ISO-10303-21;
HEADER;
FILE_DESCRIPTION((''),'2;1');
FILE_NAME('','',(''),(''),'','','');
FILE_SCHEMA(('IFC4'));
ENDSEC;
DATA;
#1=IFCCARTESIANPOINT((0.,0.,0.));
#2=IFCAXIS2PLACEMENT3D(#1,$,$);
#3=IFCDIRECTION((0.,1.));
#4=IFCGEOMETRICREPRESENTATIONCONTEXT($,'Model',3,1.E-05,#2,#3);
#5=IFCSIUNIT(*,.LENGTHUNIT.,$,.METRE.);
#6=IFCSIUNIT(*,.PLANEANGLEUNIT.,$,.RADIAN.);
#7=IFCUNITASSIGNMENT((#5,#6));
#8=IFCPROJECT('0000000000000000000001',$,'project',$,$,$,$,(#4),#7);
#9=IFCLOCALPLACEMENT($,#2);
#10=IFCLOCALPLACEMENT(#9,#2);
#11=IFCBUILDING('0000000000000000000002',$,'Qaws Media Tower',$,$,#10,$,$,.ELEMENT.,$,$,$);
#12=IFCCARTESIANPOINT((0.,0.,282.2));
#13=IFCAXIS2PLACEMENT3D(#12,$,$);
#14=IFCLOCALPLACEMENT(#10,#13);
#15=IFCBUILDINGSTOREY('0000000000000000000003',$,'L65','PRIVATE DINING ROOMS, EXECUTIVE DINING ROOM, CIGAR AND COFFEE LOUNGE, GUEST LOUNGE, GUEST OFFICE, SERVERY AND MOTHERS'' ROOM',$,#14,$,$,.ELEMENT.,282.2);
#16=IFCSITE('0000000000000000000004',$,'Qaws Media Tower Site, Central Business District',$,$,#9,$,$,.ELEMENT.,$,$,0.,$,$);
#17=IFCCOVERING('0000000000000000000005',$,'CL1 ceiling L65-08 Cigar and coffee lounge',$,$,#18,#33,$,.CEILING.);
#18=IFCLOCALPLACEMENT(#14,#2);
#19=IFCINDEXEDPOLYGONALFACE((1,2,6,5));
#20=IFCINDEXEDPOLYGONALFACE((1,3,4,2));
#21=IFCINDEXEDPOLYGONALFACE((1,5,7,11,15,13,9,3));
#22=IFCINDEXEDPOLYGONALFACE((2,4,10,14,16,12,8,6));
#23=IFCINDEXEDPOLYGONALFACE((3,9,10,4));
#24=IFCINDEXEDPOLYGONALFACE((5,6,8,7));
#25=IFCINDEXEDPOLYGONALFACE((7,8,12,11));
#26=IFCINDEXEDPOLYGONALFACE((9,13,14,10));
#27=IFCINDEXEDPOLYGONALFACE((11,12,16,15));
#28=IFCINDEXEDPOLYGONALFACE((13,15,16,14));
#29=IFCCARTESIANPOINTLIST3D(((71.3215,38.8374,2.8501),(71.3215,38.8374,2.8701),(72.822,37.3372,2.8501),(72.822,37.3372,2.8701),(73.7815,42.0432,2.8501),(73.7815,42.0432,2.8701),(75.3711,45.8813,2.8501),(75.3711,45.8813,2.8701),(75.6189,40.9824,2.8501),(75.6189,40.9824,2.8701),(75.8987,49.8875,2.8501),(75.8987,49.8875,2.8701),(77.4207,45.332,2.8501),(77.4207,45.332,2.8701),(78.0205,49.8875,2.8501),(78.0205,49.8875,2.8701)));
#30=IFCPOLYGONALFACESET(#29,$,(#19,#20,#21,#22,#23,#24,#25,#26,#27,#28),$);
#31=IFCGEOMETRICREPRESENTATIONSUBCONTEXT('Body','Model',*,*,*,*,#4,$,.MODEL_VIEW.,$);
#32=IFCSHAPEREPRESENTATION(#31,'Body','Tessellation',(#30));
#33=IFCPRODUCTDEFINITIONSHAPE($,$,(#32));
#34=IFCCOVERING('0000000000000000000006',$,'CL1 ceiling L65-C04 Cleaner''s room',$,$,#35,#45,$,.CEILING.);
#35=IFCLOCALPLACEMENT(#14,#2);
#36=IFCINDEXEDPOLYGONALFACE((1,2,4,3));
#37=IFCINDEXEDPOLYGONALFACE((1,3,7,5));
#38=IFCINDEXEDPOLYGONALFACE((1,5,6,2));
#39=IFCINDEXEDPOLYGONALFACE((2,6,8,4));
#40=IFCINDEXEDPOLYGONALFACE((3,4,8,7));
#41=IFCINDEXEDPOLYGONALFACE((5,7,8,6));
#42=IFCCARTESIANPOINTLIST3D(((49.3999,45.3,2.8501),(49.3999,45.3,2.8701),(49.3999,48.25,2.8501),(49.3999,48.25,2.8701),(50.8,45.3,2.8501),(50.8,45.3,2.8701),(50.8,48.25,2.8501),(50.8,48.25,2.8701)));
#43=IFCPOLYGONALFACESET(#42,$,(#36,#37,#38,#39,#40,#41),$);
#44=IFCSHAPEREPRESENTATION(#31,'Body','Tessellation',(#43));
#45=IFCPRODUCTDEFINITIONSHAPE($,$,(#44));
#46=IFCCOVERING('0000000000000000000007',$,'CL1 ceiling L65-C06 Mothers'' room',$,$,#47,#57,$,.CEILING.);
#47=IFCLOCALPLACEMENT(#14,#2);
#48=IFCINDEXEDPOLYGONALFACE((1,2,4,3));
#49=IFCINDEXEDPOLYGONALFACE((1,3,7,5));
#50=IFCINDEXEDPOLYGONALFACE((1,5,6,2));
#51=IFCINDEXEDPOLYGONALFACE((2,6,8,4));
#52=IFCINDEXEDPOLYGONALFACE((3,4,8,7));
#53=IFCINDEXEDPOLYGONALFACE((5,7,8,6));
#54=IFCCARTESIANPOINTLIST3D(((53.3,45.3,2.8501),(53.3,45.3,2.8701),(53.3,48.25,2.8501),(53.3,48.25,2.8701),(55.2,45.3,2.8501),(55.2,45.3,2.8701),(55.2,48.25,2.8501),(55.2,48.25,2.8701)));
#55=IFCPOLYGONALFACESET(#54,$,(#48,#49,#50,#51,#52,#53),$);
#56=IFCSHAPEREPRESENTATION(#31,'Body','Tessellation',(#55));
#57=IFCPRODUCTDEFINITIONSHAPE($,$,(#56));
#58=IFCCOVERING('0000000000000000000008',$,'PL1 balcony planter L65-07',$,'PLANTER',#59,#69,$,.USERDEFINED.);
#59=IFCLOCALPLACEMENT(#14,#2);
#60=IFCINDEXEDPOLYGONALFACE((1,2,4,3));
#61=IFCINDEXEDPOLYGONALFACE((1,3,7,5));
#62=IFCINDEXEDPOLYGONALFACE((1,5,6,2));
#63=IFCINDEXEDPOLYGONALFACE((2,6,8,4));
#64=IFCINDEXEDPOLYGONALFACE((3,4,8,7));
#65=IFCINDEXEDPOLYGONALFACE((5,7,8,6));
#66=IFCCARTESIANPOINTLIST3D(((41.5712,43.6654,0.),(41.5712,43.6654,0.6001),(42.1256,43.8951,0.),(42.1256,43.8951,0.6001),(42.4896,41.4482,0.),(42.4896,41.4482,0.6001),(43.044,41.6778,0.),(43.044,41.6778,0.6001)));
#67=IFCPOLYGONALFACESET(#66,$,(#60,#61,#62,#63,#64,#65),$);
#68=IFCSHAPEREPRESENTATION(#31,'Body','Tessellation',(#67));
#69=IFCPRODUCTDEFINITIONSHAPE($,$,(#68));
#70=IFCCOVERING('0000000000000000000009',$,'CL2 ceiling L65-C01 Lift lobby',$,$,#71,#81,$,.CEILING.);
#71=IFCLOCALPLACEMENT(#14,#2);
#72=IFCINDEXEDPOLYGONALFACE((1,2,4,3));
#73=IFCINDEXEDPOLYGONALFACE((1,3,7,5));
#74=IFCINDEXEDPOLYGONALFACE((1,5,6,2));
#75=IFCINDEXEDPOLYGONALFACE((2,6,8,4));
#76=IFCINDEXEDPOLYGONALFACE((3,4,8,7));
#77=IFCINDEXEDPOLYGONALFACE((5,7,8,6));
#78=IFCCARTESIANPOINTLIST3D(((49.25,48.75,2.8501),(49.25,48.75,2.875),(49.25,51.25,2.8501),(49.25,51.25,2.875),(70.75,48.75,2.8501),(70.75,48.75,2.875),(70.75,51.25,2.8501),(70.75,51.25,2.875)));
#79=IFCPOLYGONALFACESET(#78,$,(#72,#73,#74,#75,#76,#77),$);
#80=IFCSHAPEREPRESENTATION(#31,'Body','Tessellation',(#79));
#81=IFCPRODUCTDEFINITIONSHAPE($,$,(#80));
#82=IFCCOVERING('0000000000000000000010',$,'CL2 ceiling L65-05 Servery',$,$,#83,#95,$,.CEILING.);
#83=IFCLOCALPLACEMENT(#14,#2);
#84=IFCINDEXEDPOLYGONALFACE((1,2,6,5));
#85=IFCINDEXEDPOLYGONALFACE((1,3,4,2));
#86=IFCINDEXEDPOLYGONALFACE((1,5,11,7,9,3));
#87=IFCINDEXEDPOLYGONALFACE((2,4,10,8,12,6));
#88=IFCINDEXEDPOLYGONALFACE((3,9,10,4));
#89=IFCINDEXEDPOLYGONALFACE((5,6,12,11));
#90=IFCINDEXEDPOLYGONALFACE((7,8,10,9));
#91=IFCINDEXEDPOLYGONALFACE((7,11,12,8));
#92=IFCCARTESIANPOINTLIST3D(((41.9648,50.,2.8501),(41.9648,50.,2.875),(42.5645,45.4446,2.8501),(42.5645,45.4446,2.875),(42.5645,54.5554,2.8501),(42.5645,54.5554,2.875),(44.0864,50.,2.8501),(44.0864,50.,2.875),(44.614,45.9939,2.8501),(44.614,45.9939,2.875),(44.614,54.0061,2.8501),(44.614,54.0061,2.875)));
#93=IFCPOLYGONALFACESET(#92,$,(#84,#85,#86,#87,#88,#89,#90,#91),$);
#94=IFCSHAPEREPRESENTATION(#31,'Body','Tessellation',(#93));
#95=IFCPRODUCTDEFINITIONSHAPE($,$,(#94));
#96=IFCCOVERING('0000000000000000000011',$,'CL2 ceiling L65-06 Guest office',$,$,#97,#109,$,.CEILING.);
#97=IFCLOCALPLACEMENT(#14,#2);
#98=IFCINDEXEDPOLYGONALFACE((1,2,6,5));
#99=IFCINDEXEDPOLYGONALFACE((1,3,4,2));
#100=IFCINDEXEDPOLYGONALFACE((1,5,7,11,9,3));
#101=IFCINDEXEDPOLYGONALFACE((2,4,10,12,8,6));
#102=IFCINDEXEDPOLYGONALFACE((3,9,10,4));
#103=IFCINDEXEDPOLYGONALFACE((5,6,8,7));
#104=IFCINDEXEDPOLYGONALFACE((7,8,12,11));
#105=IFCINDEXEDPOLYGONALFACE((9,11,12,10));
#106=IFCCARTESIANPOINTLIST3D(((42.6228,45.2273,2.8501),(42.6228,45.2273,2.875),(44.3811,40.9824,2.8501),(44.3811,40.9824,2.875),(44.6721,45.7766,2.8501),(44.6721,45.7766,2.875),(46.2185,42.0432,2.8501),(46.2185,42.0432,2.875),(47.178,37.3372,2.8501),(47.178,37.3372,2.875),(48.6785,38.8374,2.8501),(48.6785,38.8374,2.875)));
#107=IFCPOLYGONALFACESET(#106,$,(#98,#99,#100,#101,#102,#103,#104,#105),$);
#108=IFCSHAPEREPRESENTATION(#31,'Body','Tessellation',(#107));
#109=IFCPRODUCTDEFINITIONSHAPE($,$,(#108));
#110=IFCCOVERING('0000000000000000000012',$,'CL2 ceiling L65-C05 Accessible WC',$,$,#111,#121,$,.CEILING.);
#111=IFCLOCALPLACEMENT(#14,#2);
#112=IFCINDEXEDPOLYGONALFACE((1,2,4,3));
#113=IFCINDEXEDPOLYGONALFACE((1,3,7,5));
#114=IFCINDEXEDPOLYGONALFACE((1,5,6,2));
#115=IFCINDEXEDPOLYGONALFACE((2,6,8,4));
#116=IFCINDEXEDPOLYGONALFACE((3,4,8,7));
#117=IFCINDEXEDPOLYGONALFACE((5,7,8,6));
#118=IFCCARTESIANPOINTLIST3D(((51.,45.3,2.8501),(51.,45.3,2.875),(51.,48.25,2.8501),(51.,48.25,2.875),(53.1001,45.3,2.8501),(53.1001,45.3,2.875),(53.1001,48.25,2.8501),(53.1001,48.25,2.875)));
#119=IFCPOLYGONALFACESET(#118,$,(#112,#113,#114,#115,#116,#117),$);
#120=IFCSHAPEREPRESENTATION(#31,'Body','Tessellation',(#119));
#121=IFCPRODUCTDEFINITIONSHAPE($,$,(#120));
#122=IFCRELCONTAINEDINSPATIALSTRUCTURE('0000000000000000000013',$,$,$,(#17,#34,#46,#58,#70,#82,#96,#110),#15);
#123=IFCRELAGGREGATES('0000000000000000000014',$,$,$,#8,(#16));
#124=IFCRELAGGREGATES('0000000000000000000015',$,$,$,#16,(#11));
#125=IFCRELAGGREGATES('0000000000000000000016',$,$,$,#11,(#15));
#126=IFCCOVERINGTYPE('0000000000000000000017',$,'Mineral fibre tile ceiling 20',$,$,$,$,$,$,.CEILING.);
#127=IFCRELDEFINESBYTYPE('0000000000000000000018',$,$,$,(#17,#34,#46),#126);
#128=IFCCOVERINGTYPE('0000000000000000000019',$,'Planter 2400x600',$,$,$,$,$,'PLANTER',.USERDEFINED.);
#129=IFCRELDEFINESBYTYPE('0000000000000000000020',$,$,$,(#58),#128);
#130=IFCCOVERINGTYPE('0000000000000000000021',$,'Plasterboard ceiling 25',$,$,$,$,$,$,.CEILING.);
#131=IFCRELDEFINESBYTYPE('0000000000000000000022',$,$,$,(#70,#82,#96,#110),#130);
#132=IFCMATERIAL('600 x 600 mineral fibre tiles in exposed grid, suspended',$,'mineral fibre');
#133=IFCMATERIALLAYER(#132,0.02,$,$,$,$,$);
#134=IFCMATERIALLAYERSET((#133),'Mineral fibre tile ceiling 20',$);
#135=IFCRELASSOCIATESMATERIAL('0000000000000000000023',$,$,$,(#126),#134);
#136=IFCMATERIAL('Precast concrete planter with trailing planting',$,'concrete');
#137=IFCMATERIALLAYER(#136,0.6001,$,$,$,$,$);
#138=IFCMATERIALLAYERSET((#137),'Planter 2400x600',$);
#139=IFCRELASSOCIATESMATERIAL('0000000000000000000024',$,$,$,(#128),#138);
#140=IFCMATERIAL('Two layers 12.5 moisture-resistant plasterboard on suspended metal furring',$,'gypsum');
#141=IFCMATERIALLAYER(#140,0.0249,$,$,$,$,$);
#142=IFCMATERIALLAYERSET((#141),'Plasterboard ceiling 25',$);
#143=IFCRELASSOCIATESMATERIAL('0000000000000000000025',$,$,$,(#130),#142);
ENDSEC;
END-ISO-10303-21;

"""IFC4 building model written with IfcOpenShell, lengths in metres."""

from ifc_helpers import new_model, si_unit, direction, frame, origin, origin_2d, place, context, subcontext, project, spatial, polyline, rectangle, outline, extrude, material, layer, layer_set, type_object, element, save


model = new_model("IFC4")

# Units and contexts
model_context = context("Model", 3, precision=1e-05, world=origin(), true_north=direction((0.0, 1.0)))
body_context = subcontext(model_context, "Body", "Model", "MODEL_VIEW")
ifc_project = project(units=[si_unit("LENGTHUNIT", "METRE"), si_unit("PLANEANGLEUNIT", "RADIAN")], contexts=[model_context])

# Site, building, storey
site_placement = place(None, origin())
site = spatial("IfcSite", under=ifc_project, at=site_placement, Name="Qaws Media Tower Site, Central Business District", CompositionType="ELEMENT", RefElevation=0.0)
building_placement = place(site_placement, origin())
building = spatial("IfcBuilding", under=site, at=building_placement, Name="Qaws Media Tower", CompositionType="ELEMENT")
storey_placement = place(building_placement, frame((0.0, 0.0, 282.2)))
storey = spatial("IfcBuildingStorey", under=building, at=storey_placement, Name="L65", Description="PRIVATE DINING ROOMS, EXECUTIVE DINING ROOM, CIGAR AND COFFEE LOUNGE, GUEST LOUNGE, GUEST OFFICE, SERVERY AND MOTHERS' ROOM", CompositionType="ELEMENT", Elevation=282.2)

# Coverings
ifc_material_1 = material(Name="600 x 600 mineral fibre tiles in exposed grid, suspended", Category="mineral fibre")
ifc_layer_1 = layer(ifc_material_1, 0.02)
ifc_layer_set_1 = layer_set([ifc_layer_1], Name="Mineral fibre tile ceiling 20")
covering_type_1 = type_object("IfcCoveringType", Name="Mineral fibre tile ceiling 20", PredefinedType="CEILING", material=ifc_layer_set_1)
covering_1_placement = place(storey_placement, frame((0.0, 0.0, 2.8501)))
element("IfcCovering", 1, at=covering_1_placement, inside=storey, type_object=covering_type_1, Name="CL1 ceiling L65-08 Cigar and coffee lounge", PredefinedType="CEILING", context=body_context, shape_type="SweptSolid", body=[
    extrude(outline(polyline([(77.4207, 45.332), (75.6189, 40.9824), (72.822, 37.3372), (71.3215, 38.8374), (73.7815, 42.0432), (75.3711, 45.8813), (75.8987, 49.8875), (78.0205, 49.8875), (77.4207, 45.332)])), origin(), (0.0, 0.0, 1.0), 0.02),
])
covering_2_placement = place(storey_placement, frame((0.0, 0.0, 2.8501)))
element("IfcCovering", 2, at=covering_2_placement, inside=storey, type_object=covering_type_1, Name="CL1 ceiling L65-C04 Cleaner's room", PredefinedType="CEILING", context=body_context, shape_type="SweptSolid", body=[
    extrude(outline(polyline([(49.3999, 45.3), (49.3999, 48.25), (50.8, 48.25), (50.8, 45.3), (49.3999, 45.3)])), origin(), (0.0, 0.0, 1.0), 0.02),
])
covering_3_placement = place(storey_placement, frame((0.0, 0.0, 2.8501)))
element("IfcCovering", 3, at=covering_3_placement, inside=storey, type_object=covering_type_1, Name="CL1 ceiling L65-C06 Mothers' room", PredefinedType="CEILING", context=body_context, shape_type="SweptSolid", body=[
    extrude(outline(polyline([(53.3, 45.3), (53.3, 48.25), (55.2, 48.25), (55.2, 45.3), (53.3, 45.3)])), origin(), (0.0, 0.0, 1.0), 0.02),
])
ifc_material_2 = material(Name="Precast concrete planter with trailing planting", Category="concrete")
ifc_layer_2 = layer(ifc_material_2, 0.6001)
ifc_layer_set_2 = layer_set([ifc_layer_2], Name="Planter 2400x600")
covering_type_2 = type_object("IfcCoveringType", Name="Planter 2400x600", ElementType="PLANTER", PredefinedType="USERDEFINED", material=ifc_layer_set_2)
covering_4_placement = place(storey_placement, frame((42.3076, 42.6716, 0.0), z_axis=(0.0, 0.0, 1.0), x_axis=(0.382683, -0.92388, 0.0)))
element("IfcCovering", 4, at=covering_4_placement, inside=storey, type_object=covering_type_2, Name="PL1 balcony planter L65-07", ObjectType="PLANTER", PredefinedType="USERDEFINED", context=body_context, shape_type="SweptSolid", body=[
    extrude(rectangle(XDim=2.3999, YDim=0.6001, at=origin_2d()), origin(), (0.0, 0.0, 1.0), 0.6001),
])
ifc_material_3 = material(Name="Two layers 12.5 moisture-resistant plasterboard on suspended metal furring", Category="gypsum")
ifc_layer_3 = layer(ifc_material_3, 0.0249)
ifc_layer_set_3 = layer_set([ifc_layer_3], Name="Plasterboard ceiling 25")
covering_type_3 = type_object("IfcCoveringType", Name="Plasterboard ceiling 25", PredefinedType="CEILING", material=ifc_layer_set_3)
covering_5_placement = place(storey_placement, frame((0.0, 0.0, 2.8501)))
element("IfcCovering", 5, at=covering_5_placement, inside=storey, type_object=covering_type_3, Name="CL2 ceiling L65-C01 Lift lobby", PredefinedType="CEILING", context=body_context, shape_type="SweptSolid", body=[
    extrude(outline(polyline([(49.25, 48.75), (49.25, 51.25), (70.75, 51.25), (70.75, 48.75), (49.25, 48.75)])), origin(), (0.0, 0.0, 1.0), 0.0249),
])
covering_6_placement = place(storey_placement, frame((0.0, 0.0, 2.8501)))
element("IfcCovering", 6, at=covering_6_placement, inside=storey, type_object=covering_type_3, Name="CL2 ceiling L65-05 Servery", PredefinedType="CEILING", context=body_context, shape_type="SweptSolid", body=[
    extrude(outline(polyline([(41.9648, 50.0), (42.5645, 54.5554), (44.614, 54.0061), (44.0864, 50.0), (44.614, 45.9939), (42.5645, 45.4446), (41.9648, 50.0)])), origin(), (0.0, 0.0, 1.0), 0.0249),
])
covering_7_placement = place(storey_placement, frame((0.0, 0.0, 2.8501)))
element("IfcCovering", 7, at=covering_7_placement, inside=storey, type_object=covering_type_3, Name="CL2 ceiling L65-06 Guest office", PredefinedType="CEILING", context=body_context, shape_type="SweptSolid", body=[
    extrude(outline(polyline([(46.2185, 42.0432), (48.6785, 38.8374), (47.178, 37.3372), (44.3811, 40.9824), (42.6228, 45.2273), (44.6721, 45.7766), (46.2185, 42.0432)])), origin(), (0.0, 0.0, 1.0), 0.0249),
])
covering_8_placement = place(storey_placement, frame((0.0, 0.0, 2.8501)))
element("IfcCovering", 8, at=covering_8_placement, inside=storey, type_object=covering_type_3, Name="CL2 ceiling L65-C05 Accessible WC", PredefinedType="CEILING", context=body_context, shape_type="SweptSolid", body=[
    extrude(outline(polyline([(51.0, 45.3), (51.0, 48.25), (53.1001, 48.25), (53.1001, 45.3), (51.0, 45.3)])), origin(), (0.0, 0.0, 1.0), 0.0249),
])

save(model, "model.ifc")
